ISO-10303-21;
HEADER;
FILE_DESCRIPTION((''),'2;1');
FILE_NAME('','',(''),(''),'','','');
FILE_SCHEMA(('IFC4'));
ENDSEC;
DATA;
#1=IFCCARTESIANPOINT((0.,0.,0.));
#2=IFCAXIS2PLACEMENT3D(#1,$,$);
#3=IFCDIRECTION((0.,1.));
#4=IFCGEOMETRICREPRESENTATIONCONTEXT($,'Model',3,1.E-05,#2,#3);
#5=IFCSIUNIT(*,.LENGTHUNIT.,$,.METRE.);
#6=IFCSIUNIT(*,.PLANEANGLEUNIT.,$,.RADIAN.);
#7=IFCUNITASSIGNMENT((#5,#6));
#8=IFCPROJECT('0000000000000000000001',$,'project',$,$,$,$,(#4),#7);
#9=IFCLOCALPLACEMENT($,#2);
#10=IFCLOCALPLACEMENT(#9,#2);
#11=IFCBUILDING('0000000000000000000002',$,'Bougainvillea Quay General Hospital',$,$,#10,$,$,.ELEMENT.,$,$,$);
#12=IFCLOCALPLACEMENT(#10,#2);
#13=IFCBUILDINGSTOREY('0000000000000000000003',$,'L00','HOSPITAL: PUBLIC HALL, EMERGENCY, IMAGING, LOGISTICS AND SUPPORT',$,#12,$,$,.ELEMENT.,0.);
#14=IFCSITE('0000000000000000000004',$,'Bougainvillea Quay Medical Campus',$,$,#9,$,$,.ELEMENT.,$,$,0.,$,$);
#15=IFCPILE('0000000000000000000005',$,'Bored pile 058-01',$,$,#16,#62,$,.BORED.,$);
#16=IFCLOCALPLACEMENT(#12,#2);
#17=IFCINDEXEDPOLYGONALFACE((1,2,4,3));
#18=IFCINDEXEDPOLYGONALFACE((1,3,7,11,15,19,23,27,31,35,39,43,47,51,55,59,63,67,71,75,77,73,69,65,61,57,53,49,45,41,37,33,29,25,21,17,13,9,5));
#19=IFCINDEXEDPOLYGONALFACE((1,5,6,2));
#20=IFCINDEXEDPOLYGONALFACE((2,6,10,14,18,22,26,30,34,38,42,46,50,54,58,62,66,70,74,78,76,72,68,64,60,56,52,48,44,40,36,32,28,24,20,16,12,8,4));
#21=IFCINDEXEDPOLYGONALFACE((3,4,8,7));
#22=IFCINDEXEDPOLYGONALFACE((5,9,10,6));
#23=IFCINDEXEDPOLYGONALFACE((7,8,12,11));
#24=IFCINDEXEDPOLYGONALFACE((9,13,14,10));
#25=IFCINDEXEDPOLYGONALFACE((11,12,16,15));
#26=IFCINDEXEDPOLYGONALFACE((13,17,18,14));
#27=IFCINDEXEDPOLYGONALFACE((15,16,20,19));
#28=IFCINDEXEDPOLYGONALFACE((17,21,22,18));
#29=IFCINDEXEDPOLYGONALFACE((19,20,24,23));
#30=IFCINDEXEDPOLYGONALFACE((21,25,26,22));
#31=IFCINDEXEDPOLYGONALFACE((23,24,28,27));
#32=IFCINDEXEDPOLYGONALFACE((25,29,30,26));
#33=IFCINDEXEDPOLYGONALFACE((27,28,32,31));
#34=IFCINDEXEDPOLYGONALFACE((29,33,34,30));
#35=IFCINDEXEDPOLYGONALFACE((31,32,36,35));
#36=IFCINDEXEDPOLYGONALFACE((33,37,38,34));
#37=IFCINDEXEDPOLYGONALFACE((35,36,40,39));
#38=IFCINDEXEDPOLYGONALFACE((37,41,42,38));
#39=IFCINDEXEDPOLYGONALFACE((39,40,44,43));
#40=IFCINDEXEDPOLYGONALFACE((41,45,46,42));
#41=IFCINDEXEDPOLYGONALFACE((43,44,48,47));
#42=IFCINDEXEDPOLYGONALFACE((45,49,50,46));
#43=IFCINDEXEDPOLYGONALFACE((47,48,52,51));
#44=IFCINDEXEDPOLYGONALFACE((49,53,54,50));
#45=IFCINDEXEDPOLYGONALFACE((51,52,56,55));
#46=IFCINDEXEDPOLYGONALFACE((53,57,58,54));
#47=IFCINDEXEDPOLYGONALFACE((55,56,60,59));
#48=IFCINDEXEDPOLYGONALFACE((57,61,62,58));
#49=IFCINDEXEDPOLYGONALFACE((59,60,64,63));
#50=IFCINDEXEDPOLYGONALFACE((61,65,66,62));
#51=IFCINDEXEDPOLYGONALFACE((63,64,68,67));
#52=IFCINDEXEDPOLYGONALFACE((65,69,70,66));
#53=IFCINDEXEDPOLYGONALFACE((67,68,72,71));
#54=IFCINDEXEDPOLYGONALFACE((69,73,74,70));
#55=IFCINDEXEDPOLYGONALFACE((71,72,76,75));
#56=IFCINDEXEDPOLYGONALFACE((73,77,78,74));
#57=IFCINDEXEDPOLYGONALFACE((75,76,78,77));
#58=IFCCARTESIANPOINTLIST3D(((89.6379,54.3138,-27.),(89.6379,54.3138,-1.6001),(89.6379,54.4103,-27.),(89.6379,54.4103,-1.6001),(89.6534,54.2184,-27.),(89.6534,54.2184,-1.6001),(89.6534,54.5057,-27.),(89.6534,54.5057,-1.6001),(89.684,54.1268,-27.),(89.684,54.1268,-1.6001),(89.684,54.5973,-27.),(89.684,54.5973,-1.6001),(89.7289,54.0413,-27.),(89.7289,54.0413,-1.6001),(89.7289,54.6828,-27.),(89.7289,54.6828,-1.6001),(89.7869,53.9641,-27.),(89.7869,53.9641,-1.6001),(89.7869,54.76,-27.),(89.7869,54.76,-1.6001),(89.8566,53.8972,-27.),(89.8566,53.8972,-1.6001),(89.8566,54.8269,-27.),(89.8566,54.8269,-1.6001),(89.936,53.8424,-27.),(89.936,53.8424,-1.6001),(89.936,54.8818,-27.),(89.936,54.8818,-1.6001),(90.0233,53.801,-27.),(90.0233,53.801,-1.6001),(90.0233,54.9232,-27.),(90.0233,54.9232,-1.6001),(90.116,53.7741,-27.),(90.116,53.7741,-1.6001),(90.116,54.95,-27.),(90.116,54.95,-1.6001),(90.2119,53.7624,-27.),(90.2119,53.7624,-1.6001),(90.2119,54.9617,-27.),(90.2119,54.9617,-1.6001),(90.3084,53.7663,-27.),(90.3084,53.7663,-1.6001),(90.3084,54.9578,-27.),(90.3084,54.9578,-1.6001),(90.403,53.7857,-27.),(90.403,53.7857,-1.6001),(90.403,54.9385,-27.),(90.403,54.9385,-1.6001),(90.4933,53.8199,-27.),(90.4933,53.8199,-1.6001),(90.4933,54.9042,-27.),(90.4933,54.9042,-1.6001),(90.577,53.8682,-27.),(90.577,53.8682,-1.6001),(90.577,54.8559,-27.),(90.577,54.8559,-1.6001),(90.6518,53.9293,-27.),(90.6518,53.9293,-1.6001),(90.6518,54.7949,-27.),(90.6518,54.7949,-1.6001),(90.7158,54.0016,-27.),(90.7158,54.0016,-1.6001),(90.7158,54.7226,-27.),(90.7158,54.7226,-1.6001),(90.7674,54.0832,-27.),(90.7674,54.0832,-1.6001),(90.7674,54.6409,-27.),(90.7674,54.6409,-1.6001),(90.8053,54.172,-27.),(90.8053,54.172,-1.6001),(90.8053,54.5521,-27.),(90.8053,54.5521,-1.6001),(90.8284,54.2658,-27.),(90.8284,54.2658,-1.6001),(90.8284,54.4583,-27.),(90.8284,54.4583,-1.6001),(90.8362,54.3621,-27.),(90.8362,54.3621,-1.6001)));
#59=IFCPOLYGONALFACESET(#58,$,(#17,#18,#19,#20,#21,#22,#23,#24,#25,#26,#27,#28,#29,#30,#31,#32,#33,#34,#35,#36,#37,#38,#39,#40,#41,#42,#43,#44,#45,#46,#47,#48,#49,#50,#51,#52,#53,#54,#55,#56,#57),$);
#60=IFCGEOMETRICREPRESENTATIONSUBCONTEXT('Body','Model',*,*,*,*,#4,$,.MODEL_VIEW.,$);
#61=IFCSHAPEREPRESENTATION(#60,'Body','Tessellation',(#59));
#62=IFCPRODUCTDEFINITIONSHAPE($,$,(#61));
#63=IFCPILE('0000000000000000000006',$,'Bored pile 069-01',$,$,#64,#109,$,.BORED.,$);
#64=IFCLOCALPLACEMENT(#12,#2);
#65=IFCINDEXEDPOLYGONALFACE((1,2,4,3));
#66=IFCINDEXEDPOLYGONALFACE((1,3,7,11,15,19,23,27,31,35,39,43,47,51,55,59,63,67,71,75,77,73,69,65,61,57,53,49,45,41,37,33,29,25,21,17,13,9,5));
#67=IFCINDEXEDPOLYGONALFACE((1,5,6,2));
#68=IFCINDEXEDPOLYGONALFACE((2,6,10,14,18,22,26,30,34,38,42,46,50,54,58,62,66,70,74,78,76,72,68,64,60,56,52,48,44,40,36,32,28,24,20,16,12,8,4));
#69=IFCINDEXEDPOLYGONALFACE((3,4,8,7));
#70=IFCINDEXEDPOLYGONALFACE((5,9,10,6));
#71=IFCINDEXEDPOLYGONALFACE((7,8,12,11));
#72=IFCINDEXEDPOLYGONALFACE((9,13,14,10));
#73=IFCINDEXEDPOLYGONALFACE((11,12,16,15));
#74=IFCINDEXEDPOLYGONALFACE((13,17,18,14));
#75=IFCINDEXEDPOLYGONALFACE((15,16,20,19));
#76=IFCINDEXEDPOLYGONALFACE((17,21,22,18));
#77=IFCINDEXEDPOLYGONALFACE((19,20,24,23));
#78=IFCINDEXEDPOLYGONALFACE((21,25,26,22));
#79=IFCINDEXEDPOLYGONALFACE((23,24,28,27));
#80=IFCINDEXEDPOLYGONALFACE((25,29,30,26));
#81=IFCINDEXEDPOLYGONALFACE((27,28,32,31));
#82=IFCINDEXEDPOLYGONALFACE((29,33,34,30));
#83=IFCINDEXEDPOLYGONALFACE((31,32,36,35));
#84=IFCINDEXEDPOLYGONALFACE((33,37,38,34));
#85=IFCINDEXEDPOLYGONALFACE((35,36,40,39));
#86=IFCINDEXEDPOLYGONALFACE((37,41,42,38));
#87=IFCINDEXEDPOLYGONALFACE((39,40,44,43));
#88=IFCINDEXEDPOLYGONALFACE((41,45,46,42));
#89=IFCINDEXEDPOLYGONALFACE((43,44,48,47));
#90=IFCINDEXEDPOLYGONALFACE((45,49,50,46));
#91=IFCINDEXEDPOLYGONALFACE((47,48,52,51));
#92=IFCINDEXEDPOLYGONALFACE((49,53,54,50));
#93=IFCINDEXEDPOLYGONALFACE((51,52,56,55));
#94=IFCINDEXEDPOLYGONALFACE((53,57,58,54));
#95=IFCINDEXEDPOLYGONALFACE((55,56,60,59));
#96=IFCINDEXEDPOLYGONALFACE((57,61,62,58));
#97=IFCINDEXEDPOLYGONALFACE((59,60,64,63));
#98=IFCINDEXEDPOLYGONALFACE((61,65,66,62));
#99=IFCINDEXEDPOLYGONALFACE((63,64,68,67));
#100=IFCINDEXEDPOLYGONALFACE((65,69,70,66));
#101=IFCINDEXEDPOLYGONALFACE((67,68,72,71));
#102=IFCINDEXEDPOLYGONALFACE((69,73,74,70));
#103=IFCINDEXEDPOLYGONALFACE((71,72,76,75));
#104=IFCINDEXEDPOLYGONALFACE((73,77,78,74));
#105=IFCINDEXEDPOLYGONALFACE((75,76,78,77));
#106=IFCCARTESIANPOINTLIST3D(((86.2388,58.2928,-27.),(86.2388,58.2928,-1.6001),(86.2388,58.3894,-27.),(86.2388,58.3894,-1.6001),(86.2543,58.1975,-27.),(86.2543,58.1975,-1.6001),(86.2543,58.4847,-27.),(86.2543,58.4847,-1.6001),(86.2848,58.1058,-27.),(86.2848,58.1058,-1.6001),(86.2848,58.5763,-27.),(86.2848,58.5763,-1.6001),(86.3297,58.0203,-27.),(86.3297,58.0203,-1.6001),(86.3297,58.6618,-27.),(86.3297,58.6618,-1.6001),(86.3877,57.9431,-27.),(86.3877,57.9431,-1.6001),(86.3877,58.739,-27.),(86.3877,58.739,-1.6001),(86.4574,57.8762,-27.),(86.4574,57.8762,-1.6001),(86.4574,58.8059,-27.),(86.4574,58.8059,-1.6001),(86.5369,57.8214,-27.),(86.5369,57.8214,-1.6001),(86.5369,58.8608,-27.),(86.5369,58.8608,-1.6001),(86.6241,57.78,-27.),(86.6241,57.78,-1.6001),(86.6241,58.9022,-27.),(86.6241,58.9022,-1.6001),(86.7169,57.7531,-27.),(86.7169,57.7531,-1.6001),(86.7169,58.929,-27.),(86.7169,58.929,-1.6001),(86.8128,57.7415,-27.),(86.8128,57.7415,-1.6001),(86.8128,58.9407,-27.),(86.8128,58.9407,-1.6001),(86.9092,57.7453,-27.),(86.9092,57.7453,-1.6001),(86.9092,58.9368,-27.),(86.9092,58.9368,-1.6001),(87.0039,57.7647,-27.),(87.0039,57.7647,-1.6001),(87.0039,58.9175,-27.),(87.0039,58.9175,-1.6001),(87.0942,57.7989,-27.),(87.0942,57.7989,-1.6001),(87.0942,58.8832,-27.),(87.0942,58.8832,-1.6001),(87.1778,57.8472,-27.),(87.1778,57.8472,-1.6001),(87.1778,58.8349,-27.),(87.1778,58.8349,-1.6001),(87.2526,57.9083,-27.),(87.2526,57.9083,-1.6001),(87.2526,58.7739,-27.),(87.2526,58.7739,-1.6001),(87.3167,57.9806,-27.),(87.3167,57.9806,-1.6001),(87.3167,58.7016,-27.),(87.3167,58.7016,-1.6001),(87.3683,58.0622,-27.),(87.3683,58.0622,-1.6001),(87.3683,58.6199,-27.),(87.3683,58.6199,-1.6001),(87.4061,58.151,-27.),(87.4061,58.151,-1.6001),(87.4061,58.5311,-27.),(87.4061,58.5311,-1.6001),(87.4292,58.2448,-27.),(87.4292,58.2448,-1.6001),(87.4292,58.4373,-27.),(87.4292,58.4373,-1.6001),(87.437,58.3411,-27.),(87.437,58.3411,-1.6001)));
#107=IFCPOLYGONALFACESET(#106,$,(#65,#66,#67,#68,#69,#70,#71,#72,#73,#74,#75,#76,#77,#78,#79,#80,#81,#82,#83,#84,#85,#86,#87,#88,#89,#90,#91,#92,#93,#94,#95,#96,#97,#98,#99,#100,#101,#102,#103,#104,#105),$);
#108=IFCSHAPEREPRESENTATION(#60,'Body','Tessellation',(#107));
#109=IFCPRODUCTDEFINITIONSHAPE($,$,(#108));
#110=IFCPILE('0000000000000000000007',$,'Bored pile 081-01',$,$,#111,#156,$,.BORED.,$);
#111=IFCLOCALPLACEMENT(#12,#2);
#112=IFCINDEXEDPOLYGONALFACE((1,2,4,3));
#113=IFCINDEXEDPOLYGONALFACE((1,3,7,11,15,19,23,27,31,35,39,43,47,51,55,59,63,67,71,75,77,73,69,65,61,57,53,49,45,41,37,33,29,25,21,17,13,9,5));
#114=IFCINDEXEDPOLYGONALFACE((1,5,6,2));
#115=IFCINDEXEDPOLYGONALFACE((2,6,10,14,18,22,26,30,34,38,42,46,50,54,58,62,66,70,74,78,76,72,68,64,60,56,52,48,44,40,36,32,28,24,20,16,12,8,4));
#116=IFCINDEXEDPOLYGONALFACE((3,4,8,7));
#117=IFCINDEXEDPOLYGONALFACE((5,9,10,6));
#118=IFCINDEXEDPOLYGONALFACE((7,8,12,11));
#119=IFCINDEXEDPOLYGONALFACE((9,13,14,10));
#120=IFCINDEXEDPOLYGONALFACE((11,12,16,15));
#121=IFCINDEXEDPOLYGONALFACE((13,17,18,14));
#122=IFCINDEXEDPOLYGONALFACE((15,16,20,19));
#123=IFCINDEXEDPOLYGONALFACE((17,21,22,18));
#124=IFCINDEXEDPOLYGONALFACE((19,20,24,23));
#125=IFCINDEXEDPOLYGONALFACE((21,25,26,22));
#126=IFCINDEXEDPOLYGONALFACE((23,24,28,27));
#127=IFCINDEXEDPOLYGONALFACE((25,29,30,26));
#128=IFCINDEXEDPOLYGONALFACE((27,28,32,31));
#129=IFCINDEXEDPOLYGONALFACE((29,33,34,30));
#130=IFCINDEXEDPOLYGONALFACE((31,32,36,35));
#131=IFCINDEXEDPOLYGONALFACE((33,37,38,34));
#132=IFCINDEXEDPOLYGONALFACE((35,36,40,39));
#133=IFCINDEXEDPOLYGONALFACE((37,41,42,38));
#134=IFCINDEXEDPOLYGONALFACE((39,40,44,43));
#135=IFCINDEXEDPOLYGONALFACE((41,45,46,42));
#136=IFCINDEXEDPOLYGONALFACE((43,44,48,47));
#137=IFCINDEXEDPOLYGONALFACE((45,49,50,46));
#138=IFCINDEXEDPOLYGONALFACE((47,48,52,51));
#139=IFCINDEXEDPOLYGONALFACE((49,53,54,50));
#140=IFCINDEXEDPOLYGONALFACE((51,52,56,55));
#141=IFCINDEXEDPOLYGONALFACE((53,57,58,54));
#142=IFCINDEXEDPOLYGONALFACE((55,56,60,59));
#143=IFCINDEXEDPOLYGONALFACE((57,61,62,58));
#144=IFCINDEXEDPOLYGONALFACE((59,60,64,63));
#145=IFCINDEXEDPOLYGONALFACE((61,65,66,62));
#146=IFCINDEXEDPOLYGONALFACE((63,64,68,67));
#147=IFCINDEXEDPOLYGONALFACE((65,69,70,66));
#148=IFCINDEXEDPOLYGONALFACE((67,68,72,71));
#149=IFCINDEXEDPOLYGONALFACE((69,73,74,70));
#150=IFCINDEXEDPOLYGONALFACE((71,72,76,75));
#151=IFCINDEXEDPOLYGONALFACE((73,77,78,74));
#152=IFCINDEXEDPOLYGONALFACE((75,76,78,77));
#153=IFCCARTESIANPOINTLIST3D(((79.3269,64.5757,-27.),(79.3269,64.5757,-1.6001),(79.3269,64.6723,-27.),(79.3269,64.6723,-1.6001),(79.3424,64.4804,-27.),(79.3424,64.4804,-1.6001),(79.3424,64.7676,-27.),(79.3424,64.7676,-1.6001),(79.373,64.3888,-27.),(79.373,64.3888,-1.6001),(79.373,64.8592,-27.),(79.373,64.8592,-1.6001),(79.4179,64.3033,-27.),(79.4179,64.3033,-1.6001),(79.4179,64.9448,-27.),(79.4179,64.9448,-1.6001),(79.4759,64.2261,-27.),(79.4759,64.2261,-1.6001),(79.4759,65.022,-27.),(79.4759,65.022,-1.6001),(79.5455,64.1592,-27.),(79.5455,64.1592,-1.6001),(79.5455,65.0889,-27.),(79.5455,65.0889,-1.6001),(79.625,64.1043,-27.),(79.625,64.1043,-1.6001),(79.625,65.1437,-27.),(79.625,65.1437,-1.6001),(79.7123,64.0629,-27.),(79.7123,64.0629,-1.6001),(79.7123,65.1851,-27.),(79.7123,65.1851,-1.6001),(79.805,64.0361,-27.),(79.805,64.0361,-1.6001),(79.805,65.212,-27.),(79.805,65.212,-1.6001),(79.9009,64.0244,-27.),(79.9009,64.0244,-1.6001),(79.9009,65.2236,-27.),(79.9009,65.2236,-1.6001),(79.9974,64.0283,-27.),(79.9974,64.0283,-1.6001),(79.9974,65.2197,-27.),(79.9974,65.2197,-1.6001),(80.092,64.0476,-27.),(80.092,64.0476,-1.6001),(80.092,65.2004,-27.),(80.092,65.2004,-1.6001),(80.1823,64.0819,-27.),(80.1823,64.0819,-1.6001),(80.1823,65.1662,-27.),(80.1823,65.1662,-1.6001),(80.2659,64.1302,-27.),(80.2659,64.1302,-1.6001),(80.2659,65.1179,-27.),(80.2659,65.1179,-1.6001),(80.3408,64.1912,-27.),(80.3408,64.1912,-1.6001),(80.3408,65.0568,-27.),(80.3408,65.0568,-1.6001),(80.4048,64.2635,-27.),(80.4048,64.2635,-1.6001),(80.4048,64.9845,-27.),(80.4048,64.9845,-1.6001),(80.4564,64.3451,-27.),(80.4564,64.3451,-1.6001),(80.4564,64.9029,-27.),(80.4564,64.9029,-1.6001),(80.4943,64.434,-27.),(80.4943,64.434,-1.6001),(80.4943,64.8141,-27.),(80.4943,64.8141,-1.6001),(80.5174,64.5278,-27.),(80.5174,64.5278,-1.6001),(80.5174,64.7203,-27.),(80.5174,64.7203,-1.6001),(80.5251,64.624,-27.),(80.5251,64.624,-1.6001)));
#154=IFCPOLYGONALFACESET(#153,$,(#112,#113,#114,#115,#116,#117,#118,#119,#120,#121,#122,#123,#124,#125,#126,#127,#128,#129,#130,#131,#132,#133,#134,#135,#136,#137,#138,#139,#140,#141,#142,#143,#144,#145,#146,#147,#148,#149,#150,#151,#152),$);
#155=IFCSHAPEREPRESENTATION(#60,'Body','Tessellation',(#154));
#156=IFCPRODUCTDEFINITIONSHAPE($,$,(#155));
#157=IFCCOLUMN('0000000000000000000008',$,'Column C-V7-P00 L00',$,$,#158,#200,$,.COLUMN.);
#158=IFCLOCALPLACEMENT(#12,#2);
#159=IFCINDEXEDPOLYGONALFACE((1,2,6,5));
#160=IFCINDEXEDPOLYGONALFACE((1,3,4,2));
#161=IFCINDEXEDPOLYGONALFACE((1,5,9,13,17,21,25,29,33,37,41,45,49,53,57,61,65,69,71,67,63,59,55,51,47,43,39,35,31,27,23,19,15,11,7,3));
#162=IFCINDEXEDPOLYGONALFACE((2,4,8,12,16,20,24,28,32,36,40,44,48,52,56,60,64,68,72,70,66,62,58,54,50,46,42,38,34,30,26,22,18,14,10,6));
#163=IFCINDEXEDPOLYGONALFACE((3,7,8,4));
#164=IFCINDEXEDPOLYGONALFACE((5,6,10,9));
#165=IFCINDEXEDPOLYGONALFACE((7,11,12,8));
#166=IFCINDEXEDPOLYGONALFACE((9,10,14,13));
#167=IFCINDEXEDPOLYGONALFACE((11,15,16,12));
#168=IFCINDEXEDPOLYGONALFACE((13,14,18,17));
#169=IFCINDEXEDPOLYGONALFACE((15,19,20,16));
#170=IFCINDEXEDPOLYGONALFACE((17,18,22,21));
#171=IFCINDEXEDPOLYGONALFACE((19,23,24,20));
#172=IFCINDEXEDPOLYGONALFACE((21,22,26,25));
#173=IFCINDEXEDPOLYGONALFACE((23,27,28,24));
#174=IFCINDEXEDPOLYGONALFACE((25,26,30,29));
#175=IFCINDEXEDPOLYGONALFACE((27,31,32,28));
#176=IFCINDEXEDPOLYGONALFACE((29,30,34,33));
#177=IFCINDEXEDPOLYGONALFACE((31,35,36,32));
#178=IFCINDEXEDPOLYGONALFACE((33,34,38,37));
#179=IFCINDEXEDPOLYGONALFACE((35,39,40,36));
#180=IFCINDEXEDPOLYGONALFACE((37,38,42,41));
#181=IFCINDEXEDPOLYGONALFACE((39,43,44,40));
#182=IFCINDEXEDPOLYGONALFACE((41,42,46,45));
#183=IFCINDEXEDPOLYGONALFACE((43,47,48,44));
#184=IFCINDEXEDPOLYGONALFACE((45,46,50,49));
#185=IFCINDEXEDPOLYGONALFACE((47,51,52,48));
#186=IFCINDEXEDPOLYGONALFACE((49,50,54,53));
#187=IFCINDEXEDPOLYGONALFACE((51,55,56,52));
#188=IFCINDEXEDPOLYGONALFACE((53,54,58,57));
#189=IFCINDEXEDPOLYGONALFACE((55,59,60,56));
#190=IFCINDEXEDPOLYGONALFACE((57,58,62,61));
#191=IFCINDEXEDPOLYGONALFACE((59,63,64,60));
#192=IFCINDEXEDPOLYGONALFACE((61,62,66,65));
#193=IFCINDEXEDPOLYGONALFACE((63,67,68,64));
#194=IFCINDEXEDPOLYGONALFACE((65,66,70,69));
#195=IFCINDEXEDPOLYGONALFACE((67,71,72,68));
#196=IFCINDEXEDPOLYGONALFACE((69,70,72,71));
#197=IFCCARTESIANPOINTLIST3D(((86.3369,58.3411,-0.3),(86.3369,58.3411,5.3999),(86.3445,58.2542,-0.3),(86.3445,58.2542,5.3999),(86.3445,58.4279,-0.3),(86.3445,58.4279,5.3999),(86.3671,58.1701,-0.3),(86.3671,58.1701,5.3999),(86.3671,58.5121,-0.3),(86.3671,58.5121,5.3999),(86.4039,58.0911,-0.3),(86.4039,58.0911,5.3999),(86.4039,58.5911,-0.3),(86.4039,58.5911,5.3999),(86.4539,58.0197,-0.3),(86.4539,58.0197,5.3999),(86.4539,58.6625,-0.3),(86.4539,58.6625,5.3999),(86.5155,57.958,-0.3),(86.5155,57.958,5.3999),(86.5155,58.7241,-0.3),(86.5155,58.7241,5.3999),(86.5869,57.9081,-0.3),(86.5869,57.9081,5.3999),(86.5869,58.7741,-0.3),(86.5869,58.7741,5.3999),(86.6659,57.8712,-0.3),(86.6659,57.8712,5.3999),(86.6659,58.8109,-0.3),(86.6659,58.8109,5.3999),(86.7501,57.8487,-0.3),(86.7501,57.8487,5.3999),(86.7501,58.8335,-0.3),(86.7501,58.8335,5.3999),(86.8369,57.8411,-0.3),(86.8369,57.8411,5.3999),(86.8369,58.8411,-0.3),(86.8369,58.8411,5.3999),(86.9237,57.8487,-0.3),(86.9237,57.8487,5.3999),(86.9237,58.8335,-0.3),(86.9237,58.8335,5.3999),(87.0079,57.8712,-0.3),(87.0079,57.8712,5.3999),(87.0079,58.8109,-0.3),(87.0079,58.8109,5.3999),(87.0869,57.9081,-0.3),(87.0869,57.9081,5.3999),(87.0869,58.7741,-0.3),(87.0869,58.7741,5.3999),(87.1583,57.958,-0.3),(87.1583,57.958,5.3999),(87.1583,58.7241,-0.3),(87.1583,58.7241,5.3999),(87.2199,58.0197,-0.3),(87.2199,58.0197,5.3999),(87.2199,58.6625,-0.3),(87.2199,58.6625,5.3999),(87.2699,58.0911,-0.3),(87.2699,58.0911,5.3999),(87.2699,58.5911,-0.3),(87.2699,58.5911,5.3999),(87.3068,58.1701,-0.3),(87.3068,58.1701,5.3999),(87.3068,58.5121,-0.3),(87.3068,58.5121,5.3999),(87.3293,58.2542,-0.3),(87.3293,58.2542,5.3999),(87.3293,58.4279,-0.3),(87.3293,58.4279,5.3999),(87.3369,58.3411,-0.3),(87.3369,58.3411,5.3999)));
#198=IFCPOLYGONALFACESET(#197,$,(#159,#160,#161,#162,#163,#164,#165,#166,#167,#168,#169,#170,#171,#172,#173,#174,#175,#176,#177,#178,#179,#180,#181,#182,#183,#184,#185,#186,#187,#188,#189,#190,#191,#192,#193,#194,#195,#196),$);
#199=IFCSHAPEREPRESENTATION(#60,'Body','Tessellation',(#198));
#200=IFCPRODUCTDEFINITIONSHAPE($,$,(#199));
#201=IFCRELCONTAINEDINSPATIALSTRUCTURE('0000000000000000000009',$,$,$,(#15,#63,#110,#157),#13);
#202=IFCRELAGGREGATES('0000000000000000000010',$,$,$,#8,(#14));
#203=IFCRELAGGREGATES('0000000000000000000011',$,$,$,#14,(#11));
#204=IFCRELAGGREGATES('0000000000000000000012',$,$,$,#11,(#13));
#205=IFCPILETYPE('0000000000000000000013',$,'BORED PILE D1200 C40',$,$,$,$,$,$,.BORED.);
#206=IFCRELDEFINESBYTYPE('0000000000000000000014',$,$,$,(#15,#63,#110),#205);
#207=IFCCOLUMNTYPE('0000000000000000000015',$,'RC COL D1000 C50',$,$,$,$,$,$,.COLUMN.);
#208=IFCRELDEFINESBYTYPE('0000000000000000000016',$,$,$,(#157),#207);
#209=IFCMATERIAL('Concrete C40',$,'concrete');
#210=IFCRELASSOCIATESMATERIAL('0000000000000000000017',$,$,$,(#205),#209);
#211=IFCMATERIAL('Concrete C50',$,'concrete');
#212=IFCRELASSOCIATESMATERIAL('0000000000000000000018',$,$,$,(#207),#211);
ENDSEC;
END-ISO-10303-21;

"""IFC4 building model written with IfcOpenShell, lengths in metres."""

from ifc_helpers import new_model, si_unit, direction, frame, origin, origin_2d, place, context, subcontext, project, spatial, circle, extrude, material, material_profile, profile_set, type_object, element, save


model = new_model("IFC4")

# Units and contexts
model_context = context("Model", 3, precision=1e-05, world=origin(), true_north=direction((0.0, 1.0)))
body_context = subcontext(model_context, "Body", "Model", "MODEL_VIEW")
ifc_project = project(units=[si_unit("LENGTHUNIT", "METRE"), si_unit("PLANEANGLEUNIT", "RADIAN")], contexts=[model_context])

# Site, building, storey
site_placement = place(None, origin())
site = spatial("IfcSite", under=ifc_project, at=site_placement, Name="Bougainvillea Quay Medical Campus", CompositionType="ELEMENT", RefElevation=0.0)
building_placement = place(site_placement, origin())
building = spatial("IfcBuilding", under=site, at=building_placement, Name="Bougainvillea Quay General Hospital", CompositionType="ELEMENT")
storey_placement = place(building_placement, origin())
storey = spatial("IfcBuildingStorey", under=building, at=storey_placement, Name="L00", Description="HOSPITAL: PUBLIC HALL, EMERGENCY, IMAGING, LOGISTICS AND SUPPORT", CompositionType="ELEMENT", Elevation=0.0)

# Piles
ifc_material_1 = material(Name="Concrete C40", Category="concrete")
ifc_material_profile_1 = material_profile(ifc_material_1, circle(Radius=0.6001, at=origin_2d()))
ifc_profile_set_1 = profile_set([ifc_material_profile_1], Name="Concrete C40")
pile_type = type_object("IfcPileType", Name="BORED PILE D1200 C40", PredefinedType="BORED", material=ifc_profile_set_1)
for number, where, z_axis, x_axis, name in (
    (1, (90.2361, 54.3621, -1.6001), (0.0, 0.0, -1.0), (1.0, 0.0, 0.0), "Bored pile 058-01"),
    (2, (86.8369, 58.3411, -1.6001), (0.0, 0.0, -1.0), (1.0, 0.0, 0.0), "Bored pile 069-01"),
    (3, (79.925, 64.624, -1.6001), (0.0, 0.0, -1.0), (1.0, 0.0, 0.0), "Bored pile 081-01"),
):
    element("IfcPile", number, at=place(storey_placement, frame(where, z_axis=z_axis, x_axis=x_axis)), inside=storey, type_object=pile_type, Name=name, PredefinedType="BORED", context=body_context, shape_type="SweptSolid", body=[
        extrude(circle(Radius=0.6001, at=origin_2d()), origin(), (0.0, 0.0, 1.0), 25.3999),
    ])

# Column
ifc_material_2 = material(Name="Concrete C50", Category="concrete")
ifc_material_profile_2 = material_profile(ifc_material_2, circle(Radius=0.5, at=origin_2d()))
ifc_profile_set_2 = profile_set([ifc_material_profile_2], Name="Concrete C50")
column_type_1 = type_object("IfcColumnType", Name="RC COL D1000 C50", PredefinedType="COLUMN", material=ifc_profile_set_2)
for number, where, z_axis, x_axis, name in (
    (4, (86.8369, 58.3411, -0.3), (0.0, 0.0, 1.0), (1.0, 0.0, 0.0), "Column C-V7-P00 L00"),
):
    element("IfcColumn", number, at=place(storey_placement, frame(where, z_axis=z_axis, x_axis=x_axis)), inside=storey, type_object=column_type_1, Name=name, PredefinedType="COLUMN", context=body_context, shape_type="SweptSolid", body=[
        extrude(circle(Radius=0.5, at=origin_2d()), origin(), (0.0, 0.0, 1.0), 5.7),
    ])

save(model, "model.ifc")
